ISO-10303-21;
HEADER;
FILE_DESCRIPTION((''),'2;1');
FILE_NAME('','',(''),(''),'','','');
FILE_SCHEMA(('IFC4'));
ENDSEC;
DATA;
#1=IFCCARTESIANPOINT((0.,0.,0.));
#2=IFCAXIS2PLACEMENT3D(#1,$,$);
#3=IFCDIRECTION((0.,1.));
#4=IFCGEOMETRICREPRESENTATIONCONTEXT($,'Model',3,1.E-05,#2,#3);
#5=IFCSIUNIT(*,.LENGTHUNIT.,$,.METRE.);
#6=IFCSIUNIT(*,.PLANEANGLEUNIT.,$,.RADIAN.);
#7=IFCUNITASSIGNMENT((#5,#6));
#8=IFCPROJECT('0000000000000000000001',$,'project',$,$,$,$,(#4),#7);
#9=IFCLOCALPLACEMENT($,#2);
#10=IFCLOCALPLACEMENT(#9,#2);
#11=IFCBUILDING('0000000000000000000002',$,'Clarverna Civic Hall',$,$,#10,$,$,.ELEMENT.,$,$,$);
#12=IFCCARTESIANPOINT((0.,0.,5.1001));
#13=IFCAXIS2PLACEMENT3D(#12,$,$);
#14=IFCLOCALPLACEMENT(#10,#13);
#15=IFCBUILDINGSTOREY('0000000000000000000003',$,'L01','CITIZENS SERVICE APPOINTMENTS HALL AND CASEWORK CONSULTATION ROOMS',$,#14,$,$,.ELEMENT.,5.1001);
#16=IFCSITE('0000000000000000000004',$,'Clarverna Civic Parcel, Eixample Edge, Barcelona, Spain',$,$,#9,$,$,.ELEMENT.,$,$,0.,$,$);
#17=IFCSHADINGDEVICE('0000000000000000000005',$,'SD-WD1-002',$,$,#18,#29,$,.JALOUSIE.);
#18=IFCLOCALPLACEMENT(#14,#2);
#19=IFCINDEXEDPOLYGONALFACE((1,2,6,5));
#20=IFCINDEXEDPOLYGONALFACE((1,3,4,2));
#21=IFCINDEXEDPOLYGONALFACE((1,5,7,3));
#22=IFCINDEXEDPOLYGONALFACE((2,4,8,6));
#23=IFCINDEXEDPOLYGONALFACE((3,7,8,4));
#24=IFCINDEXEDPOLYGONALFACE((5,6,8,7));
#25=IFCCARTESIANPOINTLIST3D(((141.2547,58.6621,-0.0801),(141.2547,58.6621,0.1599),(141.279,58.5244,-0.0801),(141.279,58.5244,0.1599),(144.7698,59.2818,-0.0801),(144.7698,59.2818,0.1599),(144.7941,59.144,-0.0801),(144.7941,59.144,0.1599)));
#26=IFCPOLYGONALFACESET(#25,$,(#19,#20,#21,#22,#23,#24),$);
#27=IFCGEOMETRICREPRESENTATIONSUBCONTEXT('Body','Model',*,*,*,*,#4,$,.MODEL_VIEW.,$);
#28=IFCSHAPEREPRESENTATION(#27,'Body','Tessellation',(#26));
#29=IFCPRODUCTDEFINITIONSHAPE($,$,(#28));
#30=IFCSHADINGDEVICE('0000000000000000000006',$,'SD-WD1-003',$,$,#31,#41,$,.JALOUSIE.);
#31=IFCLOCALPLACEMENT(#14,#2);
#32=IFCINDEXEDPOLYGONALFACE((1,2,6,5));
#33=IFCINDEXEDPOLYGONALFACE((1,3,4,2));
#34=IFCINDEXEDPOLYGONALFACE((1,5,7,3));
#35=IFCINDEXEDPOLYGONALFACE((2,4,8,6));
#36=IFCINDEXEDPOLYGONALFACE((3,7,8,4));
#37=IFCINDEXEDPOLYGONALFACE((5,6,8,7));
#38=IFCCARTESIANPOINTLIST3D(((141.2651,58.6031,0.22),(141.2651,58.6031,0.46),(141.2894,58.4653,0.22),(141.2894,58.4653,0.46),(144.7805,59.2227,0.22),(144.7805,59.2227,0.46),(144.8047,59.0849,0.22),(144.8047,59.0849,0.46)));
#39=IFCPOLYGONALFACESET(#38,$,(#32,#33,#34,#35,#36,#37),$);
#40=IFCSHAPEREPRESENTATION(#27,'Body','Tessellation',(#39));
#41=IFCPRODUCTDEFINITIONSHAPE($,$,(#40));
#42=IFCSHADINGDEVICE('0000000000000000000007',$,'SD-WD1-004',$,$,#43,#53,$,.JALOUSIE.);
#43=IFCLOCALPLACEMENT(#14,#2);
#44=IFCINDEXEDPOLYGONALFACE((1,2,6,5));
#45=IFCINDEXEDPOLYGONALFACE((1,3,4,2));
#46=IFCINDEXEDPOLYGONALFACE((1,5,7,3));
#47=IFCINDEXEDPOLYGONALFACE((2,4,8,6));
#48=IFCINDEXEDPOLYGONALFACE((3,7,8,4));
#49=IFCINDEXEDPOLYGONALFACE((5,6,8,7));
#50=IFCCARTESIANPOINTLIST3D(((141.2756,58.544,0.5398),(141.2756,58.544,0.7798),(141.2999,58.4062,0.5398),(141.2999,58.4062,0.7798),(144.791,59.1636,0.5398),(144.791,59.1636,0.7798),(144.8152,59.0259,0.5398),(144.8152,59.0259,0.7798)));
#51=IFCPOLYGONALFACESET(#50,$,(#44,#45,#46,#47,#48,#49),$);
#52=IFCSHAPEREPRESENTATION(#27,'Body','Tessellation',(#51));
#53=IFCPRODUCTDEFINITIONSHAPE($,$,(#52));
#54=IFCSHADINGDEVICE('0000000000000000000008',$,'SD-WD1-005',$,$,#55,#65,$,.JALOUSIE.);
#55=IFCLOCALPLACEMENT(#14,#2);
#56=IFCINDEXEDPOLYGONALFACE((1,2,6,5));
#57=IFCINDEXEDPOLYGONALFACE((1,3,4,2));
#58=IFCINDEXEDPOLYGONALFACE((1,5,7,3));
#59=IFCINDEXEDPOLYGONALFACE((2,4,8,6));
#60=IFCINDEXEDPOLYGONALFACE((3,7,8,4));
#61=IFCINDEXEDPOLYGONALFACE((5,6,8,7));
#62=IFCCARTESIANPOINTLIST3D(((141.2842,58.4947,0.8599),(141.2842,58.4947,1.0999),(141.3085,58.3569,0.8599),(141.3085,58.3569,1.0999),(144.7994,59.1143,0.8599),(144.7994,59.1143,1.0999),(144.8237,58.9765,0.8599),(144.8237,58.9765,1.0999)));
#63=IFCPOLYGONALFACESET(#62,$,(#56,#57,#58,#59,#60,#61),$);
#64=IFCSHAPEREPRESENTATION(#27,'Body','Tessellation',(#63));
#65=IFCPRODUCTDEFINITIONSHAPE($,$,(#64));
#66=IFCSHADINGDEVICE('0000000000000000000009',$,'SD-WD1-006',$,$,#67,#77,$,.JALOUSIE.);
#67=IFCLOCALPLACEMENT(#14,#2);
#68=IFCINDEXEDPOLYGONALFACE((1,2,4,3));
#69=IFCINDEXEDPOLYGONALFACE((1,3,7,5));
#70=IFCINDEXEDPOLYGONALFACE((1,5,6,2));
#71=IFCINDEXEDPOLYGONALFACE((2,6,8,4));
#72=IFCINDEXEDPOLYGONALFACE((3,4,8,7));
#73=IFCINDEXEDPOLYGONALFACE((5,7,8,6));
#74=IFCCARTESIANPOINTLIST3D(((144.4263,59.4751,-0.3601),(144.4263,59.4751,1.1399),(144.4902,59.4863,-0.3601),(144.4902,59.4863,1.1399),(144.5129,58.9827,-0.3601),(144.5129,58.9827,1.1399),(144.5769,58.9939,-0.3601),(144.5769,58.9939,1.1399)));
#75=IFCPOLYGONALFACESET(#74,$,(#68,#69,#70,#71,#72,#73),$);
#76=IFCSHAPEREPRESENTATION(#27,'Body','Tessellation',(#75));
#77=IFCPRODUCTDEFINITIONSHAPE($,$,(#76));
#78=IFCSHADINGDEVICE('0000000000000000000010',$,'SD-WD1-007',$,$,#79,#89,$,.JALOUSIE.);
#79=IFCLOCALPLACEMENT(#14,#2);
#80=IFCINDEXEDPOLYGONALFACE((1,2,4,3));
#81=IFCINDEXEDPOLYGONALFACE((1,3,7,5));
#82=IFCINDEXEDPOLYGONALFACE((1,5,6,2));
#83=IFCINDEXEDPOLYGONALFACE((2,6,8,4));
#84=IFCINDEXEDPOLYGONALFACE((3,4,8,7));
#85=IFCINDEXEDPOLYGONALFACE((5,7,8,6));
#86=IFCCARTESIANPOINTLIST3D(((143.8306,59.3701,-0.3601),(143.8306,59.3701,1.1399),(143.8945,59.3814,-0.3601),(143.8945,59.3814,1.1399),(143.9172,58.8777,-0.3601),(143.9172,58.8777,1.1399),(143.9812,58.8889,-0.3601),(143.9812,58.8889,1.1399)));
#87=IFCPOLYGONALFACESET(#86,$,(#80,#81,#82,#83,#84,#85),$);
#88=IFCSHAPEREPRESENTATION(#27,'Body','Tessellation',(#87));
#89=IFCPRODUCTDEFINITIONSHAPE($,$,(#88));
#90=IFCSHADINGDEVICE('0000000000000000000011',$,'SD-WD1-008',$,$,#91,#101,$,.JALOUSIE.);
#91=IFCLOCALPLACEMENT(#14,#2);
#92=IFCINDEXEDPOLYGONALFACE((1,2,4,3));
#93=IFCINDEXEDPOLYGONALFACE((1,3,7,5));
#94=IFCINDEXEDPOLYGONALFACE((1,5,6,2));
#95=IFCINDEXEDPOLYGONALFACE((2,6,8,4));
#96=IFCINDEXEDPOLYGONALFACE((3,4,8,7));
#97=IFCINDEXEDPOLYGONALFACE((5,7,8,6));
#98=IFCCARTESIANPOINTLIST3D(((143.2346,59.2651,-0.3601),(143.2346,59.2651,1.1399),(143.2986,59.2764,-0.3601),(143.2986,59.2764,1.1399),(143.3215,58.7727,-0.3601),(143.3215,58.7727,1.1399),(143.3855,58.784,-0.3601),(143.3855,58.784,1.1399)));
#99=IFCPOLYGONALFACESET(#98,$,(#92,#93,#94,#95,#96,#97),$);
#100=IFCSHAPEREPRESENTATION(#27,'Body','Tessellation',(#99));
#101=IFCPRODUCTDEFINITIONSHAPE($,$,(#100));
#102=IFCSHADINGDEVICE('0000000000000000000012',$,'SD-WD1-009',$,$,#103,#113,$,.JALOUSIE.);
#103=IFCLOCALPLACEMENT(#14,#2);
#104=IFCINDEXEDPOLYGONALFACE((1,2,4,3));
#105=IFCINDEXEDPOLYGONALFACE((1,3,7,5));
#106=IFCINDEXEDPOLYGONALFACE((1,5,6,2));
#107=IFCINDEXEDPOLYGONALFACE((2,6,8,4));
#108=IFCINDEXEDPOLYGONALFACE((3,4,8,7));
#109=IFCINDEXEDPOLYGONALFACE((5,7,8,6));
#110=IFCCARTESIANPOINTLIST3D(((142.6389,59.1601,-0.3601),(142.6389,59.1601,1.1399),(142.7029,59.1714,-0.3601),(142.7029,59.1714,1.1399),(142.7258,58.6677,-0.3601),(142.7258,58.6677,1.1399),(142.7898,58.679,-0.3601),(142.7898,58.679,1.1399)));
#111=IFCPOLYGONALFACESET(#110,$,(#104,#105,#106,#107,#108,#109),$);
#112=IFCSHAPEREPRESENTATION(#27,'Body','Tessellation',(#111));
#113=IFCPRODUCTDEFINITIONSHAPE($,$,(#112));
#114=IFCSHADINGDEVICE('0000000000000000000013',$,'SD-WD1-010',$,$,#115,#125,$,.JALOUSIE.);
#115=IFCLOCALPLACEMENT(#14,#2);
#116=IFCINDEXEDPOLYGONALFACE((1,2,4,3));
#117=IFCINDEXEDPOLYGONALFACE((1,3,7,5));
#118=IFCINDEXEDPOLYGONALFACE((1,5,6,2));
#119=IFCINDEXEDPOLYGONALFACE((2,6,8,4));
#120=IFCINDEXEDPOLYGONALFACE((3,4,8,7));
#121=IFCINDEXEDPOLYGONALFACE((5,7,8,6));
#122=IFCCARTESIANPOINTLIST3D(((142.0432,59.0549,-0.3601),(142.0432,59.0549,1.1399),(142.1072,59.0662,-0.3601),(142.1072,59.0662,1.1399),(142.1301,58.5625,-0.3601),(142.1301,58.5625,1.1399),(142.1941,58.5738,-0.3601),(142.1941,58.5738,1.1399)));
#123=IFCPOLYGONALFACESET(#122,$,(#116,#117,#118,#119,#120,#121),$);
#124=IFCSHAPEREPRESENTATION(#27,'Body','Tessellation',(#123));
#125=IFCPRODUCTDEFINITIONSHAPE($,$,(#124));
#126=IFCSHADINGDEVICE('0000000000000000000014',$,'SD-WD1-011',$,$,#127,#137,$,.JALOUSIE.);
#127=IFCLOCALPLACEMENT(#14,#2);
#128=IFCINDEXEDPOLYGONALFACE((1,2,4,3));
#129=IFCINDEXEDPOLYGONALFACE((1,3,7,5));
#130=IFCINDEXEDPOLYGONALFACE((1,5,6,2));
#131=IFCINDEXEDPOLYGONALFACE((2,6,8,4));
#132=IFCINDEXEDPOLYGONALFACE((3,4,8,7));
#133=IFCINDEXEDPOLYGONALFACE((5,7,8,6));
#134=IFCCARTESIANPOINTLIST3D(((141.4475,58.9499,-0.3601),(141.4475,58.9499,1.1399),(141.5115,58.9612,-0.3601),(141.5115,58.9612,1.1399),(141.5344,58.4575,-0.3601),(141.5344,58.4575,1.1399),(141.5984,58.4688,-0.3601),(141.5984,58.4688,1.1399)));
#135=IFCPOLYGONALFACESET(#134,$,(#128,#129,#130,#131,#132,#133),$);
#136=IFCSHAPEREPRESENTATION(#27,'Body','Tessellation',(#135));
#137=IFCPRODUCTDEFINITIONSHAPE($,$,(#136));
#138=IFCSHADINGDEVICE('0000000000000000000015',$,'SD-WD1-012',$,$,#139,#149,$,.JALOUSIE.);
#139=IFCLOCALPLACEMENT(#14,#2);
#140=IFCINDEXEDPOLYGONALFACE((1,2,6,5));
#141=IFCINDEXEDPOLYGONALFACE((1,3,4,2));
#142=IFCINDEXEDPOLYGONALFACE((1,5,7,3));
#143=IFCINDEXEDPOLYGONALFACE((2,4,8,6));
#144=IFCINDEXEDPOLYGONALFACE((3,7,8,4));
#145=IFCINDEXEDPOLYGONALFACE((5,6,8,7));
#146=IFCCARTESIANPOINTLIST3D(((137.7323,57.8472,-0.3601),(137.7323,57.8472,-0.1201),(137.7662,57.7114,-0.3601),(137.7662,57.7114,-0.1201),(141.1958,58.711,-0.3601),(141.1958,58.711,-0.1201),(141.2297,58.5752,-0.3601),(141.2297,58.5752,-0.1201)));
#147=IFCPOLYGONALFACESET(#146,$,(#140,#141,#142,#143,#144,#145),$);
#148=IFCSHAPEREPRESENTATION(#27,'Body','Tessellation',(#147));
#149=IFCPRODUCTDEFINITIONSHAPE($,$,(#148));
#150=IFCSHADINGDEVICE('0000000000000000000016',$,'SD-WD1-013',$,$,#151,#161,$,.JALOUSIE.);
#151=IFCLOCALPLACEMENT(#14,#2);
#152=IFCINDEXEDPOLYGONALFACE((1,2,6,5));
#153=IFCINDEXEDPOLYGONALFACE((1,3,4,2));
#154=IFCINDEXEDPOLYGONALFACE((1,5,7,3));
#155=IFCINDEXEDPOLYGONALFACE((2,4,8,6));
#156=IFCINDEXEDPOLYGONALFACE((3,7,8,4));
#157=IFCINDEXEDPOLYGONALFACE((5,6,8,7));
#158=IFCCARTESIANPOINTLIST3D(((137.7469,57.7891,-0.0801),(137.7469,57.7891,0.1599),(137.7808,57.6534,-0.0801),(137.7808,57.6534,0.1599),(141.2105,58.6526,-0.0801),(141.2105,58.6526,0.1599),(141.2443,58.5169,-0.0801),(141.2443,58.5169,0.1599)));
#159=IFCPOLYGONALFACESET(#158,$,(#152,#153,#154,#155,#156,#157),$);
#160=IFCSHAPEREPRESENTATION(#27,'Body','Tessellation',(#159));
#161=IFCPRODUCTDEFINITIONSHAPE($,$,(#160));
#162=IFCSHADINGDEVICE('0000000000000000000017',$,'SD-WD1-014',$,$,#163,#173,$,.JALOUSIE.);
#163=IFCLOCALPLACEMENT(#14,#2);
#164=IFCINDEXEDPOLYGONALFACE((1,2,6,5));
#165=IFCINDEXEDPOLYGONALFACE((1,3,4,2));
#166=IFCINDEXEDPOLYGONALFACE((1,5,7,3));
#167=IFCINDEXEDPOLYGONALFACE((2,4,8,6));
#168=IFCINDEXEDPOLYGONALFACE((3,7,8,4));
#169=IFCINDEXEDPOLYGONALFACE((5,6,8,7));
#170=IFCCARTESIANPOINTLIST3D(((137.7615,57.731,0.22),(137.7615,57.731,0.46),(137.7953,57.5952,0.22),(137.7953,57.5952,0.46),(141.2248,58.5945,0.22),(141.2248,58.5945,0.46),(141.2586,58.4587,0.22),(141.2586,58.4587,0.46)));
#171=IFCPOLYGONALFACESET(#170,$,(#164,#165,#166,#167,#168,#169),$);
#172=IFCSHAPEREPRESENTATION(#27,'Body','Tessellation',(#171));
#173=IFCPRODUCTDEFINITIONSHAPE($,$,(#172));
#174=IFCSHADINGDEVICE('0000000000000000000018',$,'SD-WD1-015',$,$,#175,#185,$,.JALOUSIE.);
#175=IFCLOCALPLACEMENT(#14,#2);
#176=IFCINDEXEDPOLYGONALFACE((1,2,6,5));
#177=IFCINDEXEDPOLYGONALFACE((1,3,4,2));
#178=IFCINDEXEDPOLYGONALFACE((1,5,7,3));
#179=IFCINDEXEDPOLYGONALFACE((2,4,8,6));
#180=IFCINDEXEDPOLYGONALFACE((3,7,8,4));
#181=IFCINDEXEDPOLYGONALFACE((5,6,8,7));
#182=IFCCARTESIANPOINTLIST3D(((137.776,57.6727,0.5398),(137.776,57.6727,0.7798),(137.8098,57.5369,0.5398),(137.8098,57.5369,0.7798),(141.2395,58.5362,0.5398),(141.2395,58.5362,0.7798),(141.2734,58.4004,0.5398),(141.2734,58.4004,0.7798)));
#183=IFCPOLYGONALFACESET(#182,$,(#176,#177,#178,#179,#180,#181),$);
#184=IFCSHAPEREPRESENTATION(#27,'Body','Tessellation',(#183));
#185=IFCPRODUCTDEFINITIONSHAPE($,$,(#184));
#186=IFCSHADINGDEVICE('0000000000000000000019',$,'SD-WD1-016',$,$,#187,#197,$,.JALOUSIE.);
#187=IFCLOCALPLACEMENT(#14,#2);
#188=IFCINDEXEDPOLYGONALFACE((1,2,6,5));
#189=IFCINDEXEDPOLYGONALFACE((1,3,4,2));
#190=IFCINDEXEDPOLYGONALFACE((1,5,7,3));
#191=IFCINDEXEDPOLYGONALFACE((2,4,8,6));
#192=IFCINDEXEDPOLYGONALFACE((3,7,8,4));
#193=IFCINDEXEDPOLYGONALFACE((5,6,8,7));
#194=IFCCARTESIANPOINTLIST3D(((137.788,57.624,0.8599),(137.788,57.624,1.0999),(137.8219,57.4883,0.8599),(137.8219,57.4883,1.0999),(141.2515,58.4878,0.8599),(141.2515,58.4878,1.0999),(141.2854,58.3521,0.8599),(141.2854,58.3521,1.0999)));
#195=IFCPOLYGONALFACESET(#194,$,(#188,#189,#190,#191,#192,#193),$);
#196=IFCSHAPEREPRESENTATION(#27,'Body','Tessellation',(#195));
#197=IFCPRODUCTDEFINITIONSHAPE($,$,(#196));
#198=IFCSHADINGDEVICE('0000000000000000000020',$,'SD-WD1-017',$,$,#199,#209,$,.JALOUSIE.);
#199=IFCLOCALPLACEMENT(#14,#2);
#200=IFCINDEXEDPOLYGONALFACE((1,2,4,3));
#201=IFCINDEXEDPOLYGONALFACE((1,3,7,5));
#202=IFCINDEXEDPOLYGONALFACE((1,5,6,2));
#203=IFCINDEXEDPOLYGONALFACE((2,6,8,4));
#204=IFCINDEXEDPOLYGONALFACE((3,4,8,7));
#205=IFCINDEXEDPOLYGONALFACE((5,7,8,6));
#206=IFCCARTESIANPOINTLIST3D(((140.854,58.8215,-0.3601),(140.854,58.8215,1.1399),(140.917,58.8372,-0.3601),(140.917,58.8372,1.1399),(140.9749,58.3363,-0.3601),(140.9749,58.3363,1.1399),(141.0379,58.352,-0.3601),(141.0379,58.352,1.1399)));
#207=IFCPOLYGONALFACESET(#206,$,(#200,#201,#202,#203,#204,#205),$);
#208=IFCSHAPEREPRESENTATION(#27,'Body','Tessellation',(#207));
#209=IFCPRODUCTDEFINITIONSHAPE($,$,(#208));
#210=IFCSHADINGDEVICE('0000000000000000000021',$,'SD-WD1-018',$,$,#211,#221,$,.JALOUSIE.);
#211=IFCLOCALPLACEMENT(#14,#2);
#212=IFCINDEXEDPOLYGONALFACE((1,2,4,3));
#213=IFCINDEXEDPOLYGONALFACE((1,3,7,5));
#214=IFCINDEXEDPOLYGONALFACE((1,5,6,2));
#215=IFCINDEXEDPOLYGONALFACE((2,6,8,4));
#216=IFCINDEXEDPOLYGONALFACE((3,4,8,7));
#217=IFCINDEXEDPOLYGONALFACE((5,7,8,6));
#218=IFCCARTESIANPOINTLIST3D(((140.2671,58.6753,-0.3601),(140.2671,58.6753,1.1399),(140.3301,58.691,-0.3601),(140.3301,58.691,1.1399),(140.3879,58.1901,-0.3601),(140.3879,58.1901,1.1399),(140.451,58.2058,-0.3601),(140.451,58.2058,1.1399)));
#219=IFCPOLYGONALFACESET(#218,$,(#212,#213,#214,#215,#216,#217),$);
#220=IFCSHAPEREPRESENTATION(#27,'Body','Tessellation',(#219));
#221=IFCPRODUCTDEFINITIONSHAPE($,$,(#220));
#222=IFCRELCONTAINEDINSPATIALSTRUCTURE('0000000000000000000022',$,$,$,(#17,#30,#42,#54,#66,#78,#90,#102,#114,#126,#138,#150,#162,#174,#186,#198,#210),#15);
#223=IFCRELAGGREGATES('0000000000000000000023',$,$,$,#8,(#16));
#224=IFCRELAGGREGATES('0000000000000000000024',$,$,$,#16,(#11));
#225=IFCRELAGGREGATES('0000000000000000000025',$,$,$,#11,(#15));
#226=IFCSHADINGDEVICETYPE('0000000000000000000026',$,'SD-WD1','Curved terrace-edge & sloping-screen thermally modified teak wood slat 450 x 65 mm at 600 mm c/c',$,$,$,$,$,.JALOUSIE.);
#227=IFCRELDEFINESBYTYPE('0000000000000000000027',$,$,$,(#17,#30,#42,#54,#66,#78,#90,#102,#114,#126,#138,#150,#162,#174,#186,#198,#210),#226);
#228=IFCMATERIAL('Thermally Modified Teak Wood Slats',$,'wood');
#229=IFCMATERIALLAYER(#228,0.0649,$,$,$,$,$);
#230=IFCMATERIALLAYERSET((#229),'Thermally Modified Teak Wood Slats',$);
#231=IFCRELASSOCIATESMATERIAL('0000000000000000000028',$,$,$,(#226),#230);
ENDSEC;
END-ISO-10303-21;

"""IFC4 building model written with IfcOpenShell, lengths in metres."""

from ifc_helpers import new_model, si_unit, direction, frame, frame_2d, origin, place, context, subcontext, project, spatial, rectangle, extrude, material, layer, layer_set, type_object, element, save


model = new_model("IFC4")

# Units and contexts
model_context = context("Model", 3, precision=1e-05, world=origin(), true_north=direction((0.0, 1.0)))
body_context = subcontext(model_context, "Body", "Model", "MODEL_VIEW")
ifc_project = project(units=[si_unit("LENGTHUNIT", "METRE"), si_unit("PLANEANGLEUNIT", "RADIAN")], contexts=[model_context])

# Site, building, storey
site_placement = place(None, origin())
site = spatial("IfcSite", under=ifc_project, at=site_placement, Name="Clarverna Civic Parcel, Eixample Edge, Barcelona, Spain", CompositionType="ELEMENT", RefElevation=0.0)
building_placement = place(site_placement, origin())
building = spatial("IfcBuilding", under=site, at=building_placement, Name="Clarverna Civic Hall", CompositionType="ELEMENT")
storey_placement = place(building_placement, frame((0.0, 0.0, 5.1001)))
storey = spatial("IfcBuildingStorey", under=building, at=storey_placement, Name="L01", Description="CITIZENS SERVICE APPOINTMENTS HALL AND CASEWORK CONSULTATION ROOMS", CompositionType="ELEMENT", Elevation=5.1001)

# Shading devices
ifc_material_1 = material(Name="Thermally Modified Teak Wood Slats", Category="wood")
ifc_layer_1 = layer(ifc_material_1, 0.0649)
ifc_layer_set_1 = layer_set([ifc_layer_1], Name="Thermally Modified Teak Wood Slats")
shading_device_type = type_object("IfcShadingDeviceType", Name="SD-WD1", Description="Curved terrace-edge & sloping-screen thermally modified teak wood slat 450 x 65 mm at 600 mm c/c", PredefinedType="JALOUSIE", material=ifc_layer_set_1)
shading_device_1_placement = place(storey_placement, frame((144.782, 59.2129, -0.0801), z_axis=(0.0, 0.0, 1.0), x_axis=(-0.984817, -0.173598, 0.0)))
element("IfcShadingDevice", 1, at=shading_device_1_placement, inside=storey, type_object=shading_device_type, Name="SD-WD1-002", PredefinedType="JALOUSIE", context=body_context, shape_type="SweptSolid", body=[
    extrude(rectangle(XDim=3.5693, YDim=0.1399, at=frame_2d((1.7847, 0.0))), origin(), (0.0, 0.0, 1.0), 0.24),
])
for number, where, z_axis, x_axis, name in (
    (2, (144.7925, 59.1538, 0.22), (0.0, 0.0, 1.0), (-0.984819, -0.173586, 0.0), "SD-WD1-003"),
    (3, (144.803, 59.0947, 0.5398), (0.0, 0.0, 1.0), (-0.984819, -0.173586, 0.0), "SD-WD1-004"),
):
    element("IfcShadingDevice", number, at=place(storey_placement, frame(where, z_axis=z_axis, x_axis=x_axis)), inside=storey, type_object=shading_device_type, Name=name, PredefinedType="JALOUSIE", context=body_context, shape_type="SweptSolid", body=[
        extrude(rectangle(XDim=3.5696, YDim=0.1399, at=frame_2d((1.7847, 0.0))), origin(), (0.0, 0.0, 1.0), 0.24),
    ])
shading_device_2_placement = place(storey_placement, frame((144.8115, 59.0454, 0.8599), z_axis=(0.0, 0.0, 1.0), x_axis=(-0.984817, -0.173598, 0.0)))
element("IfcShadingDevice", 4, at=shading_device_2_placement, inside=storey, type_object=shading_device_type, Name="SD-WD1-005", PredefinedType="JALOUSIE", context=body_context, shape_type="SweptSolid", body=[
    extrude(rectangle(XDim=3.5693, YDim=0.1399, at=frame_2d((1.7847, 0.0))), origin(), (0.0, 0.0, 1.0), 0.24),
])
for number, where, z_axis, x_axis, name in (
    (5, (144.4583, 59.4807, -0.3601), (0.0, 0.0, 1.0), (0.17334, -0.984862, 0.0), "SD-WD1-006"),
    (6, (143.8625, 59.3757, -0.3601), (0.0, 0.0, 1.0), (0.17334, -0.984862, 0.0), "SD-WD1-007"),
    (7, (143.2666, 59.2708, -0.3601), (0.0, 0.0, 1.0), (0.173813, -0.984779, 0.0), "SD-WD1-008"),
    (8, (142.6709, 59.1658, -0.3601), (0.0, 0.0, 1.0), (0.173813, -0.984779, 0.0), "SD-WD1-009"),
    (9, (142.0752, 59.0605, -0.3601), (0.0, 0.0, 1.0), (0.173813, -0.984779, 0.0), "SD-WD1-010"),
    (10, (141.4795, 58.9556, -0.3601), (0.0, 0.0, 1.0), (0.173813, -0.984779, 0.0), "SD-WD1-011"),
):
    element("IfcShadingDevice", number, at=place(storey_placement, frame(where, z_axis=z_axis, x_axis=x_axis)), inside=storey, type_object=shading_device_type, Name=name, PredefinedType="JALOUSIE", context=body_context, shape_type="SweptSolid", body=[
        extrude(rectangle(XDim=0.5, YDim=0.0649, at=frame_2d((0.25, 0.0))), origin(), (0.0, 0.0, 1.0), 1.5),
    ])
for number, where, z_axis, x_axis, name in (
    (11, (141.2126, 58.6431, -0.3601), (0.0, 0.0, 1.0), (-0.970279, -0.241988, 0.0), "SD-WD1-012"),
    (12, (141.2273, 58.5847, -0.0801), (0.0, 0.0, 1.0), (-0.970299, -0.241908, 0.0), "SD-WD1-013"),
):
    element("IfcShadingDevice", number, at=place(storey_placement, frame(where, z_axis=z_axis, x_axis=x_axis)), inside=storey, type_object=shading_device_type, Name=name, PredefinedType="JALOUSIE", context=body_context, shape_type="SweptSolid", body=[
        extrude(rectangle(XDim=3.5696, YDim=0.1399, at=frame_2d((1.7847, 0.0))), origin(), (0.0, 0.0, 1.0), 0.24),
    ])
shading_device_3_placement = place(storey_placement, frame((141.2417, 58.5266, 0.22), z_axis=(0.0, 0.0, 1.0), x_axis=(-0.970295, -0.241924, 0.0)))
element("IfcShadingDevice", 13, at=shading_device_3_placement, inside=storey, type_object=shading_device_type, Name="SD-WD1-014", PredefinedType="JALOUSIE", context=body_context, shape_type="SweptSolid", body=[
    extrude(rectangle(XDim=3.5693, YDim=0.1399, at=frame_2d((1.7847, 0.0))), origin(), (0.0, 0.0, 1.0), 0.24),
])
for number, where, z_axis, x_axis, name in (
    (14, (141.2563, 58.4683, 0.5398), (0.0, 0.0, 1.0), (-0.970299, -0.241908, 0.0), "SD-WD1-015"),
    (15, (141.2683, 58.4199, 0.8599), (0.0, 0.0, 1.0), (-0.970279, -0.241988, 0.0), "SD-WD1-016"),
):
    element("IfcShadingDevice", number, at=place(storey_placement, frame(where, z_axis=z_axis, x_axis=x_axis)), inside=storey, type_object=shading_device_type, Name=name, PredefinedType="JALOUSIE", context=body_context, shape_type="SweptSolid", body=[
        extrude(rectangle(XDim=3.5696, YDim=0.1399, at=frame_2d((1.7847, 0.0))), origin(), (0.0, 0.0, 1.0), 0.24),
    ])
for number, where, z_axis, x_axis, name in (
    (16, (140.8855, 58.8293, -0.3601), (0.0, 0.0, 1.0), (0.241731, -0.970343, 0.0), "SD-WD1-017"),
    (17, (140.2986, 58.6831, -0.3601), (0.0, 0.0, 1.0), (0.241731, -0.970343, 0.0), "SD-WD1-018"),
):
    element("IfcShadingDevice", number, at=place(storey_placement, frame(where, z_axis=z_axis, x_axis=x_axis)), inside=storey, type_object=shading_device_type, Name=name, PredefinedType="JALOUSIE", context=body_context, shape_type="SweptSolid", body=[
        extrude(rectangle(XDim=0.5, YDim=0.0649, at=frame_2d((0.25, 0.0))), origin(), (0.0, 0.0, 1.0), 1.5),
    ])

save(model, "model.ifc")
